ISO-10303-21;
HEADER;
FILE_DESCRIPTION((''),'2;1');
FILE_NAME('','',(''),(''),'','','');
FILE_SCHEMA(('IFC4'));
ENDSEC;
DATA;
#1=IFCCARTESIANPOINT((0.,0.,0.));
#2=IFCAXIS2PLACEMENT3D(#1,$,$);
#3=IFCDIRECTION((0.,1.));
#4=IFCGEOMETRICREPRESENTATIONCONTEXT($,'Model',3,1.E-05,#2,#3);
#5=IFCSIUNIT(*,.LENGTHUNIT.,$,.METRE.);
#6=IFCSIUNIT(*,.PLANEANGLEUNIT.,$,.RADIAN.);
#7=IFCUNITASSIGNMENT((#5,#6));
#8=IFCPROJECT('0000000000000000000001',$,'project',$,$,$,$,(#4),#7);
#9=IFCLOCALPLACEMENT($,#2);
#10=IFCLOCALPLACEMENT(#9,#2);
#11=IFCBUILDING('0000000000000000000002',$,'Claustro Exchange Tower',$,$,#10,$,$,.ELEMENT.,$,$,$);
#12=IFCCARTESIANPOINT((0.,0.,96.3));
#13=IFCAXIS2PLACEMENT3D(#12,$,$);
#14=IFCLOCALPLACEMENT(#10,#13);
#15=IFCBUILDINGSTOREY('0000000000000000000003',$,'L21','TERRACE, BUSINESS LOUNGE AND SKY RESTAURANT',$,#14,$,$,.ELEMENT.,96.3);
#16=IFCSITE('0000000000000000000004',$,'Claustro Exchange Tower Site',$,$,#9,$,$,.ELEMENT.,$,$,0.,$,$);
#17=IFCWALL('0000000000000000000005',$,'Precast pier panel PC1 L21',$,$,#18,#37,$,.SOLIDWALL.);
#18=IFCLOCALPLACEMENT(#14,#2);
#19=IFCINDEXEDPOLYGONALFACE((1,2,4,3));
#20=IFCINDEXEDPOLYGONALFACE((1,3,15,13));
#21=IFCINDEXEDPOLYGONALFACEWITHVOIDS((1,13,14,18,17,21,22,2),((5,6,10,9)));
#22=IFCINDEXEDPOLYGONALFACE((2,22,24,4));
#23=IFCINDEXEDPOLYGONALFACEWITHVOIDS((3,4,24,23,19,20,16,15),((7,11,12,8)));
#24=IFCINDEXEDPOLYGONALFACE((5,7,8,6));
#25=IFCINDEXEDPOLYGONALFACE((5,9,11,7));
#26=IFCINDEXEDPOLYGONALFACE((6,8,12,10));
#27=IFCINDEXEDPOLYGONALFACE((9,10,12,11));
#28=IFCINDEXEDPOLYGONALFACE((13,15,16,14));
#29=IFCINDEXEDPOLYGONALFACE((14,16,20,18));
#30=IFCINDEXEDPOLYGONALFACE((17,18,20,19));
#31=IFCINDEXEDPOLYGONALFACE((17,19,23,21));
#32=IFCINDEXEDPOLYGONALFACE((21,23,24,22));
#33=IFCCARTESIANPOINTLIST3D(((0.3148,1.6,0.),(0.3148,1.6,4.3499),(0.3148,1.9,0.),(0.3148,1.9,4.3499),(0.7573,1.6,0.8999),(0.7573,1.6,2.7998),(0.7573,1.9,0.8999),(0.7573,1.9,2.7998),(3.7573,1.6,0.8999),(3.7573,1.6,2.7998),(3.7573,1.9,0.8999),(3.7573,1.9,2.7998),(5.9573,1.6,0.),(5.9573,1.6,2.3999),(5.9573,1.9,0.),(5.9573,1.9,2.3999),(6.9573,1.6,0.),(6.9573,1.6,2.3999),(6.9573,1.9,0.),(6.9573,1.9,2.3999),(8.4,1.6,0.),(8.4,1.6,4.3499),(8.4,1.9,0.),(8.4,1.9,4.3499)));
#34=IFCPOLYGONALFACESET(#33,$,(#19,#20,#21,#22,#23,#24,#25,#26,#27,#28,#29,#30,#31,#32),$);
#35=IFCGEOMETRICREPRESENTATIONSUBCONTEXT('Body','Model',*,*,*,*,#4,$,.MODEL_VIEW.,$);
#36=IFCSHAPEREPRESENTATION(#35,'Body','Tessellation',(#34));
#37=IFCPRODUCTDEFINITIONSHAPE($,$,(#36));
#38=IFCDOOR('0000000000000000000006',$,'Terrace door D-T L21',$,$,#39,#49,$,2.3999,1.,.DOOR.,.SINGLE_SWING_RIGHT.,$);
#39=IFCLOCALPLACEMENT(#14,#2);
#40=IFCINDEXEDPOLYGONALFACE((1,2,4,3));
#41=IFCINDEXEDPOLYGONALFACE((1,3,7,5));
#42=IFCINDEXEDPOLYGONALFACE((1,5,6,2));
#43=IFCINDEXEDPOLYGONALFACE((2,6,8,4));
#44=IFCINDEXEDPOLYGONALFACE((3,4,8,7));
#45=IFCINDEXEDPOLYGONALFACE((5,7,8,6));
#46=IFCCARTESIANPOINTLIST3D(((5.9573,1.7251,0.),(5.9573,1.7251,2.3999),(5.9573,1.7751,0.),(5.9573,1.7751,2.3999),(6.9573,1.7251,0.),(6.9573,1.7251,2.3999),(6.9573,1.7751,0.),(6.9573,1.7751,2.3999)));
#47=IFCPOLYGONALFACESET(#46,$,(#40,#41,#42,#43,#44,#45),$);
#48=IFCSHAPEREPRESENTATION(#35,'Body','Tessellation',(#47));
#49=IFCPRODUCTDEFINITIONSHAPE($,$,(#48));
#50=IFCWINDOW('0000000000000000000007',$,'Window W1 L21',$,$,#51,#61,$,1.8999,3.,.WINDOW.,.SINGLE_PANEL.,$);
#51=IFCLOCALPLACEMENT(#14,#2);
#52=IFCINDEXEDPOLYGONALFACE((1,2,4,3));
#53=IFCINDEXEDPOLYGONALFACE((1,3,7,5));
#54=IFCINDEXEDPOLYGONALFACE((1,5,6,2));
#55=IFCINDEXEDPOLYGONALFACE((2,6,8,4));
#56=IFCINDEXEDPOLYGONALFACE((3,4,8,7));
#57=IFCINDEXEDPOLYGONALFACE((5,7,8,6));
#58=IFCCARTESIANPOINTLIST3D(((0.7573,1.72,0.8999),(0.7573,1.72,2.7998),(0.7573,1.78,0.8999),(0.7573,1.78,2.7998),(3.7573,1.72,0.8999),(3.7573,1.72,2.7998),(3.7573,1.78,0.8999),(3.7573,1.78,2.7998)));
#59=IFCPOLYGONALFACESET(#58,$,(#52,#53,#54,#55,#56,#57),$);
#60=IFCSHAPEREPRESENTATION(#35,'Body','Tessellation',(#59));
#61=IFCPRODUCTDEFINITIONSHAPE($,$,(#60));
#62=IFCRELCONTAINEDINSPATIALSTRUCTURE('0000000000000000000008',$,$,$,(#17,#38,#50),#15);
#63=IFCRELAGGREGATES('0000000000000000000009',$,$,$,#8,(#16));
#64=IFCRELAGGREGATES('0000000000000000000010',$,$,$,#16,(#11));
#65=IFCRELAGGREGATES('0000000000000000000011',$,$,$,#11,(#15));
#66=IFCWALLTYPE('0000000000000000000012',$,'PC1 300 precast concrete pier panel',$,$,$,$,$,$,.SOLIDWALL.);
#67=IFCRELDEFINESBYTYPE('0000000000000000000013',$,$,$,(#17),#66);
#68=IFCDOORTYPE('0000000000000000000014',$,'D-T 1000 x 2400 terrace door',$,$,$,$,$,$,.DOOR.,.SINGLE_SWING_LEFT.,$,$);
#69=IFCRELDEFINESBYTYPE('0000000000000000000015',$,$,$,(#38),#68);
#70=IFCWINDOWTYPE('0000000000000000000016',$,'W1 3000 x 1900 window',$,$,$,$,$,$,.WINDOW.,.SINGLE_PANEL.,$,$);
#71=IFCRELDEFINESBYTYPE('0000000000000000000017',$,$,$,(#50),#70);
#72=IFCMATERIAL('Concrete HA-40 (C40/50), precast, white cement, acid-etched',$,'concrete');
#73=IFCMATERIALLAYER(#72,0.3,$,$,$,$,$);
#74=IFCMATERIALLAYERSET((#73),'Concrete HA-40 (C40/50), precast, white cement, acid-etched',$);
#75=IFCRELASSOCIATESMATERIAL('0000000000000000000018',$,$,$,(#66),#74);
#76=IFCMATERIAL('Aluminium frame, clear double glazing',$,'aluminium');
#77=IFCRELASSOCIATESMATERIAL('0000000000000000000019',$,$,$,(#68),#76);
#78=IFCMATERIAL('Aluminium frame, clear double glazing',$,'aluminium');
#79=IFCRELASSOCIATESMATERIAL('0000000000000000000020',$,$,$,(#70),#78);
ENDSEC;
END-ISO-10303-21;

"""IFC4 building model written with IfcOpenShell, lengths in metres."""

from ifc_helpers import new_model, si_unit, direction, frame, frame_2d, origin, place, context, subcontext, project, spatial, rectangle, extrude, material, layer, layer_set, type_object, element, fill, save


model = new_model("IFC4")

# Units and contexts
model_context = context("Model", 3, precision=1e-05, world=origin(), true_north=direction((0.0, 1.0)))
body_context = subcontext(model_context, "Body", "Model", "MODEL_VIEW")
ifc_project = project(units=[si_unit("LENGTHUNIT", "METRE"), si_unit("PLANEANGLEUNIT", "RADIAN")], contexts=[model_context])

# Site, building, storey
site_placement = place(None, origin())
site = spatial("IfcSite", under=ifc_project, at=site_placement, Name="Claustro Exchange Tower Site", CompositionType="ELEMENT", RefElevation=0.0)
building_placement = place(site_placement, origin())
building = spatial("IfcBuilding", under=site, at=building_placement, Name="Claustro Exchange Tower", CompositionType="ELEMENT")
storey_placement = place(building_placement, frame((0.0, 0.0, 96.3)))
storey = spatial("IfcBuildingStorey", under=building, at=storey_placement, Name="L21", Description="TERRACE, BUSINESS LOUNGE AND SKY RESTAURANT", CompositionType="ELEMENT", Elevation=96.3)

# Wall, openings, door, window
ifc_material_1 = material(Name="Concrete HA-40 (C40/50), precast, white cement, acid-etched", Category="concrete")
ifc_layer_1 = layer(ifc_material_1, 0.3)
ifc_layer_set_1 = layer_set([ifc_layer_1], Name="Concrete HA-40 (C40/50), precast, white cement, acid-etched")
wall_type_1 = type_object("IfcWallType", Name="PC1 300 precast concrete pier panel", PredefinedType="SOLIDWALL", material=ifc_layer_set_1)
wall_1_placement = place(storey_placement, frame((8.3999, 1.75, 0.0), z_axis=(0.0, 0.0, 1.0), x_axis=(-1.0, 0.0, 0.0)))
wall_1 = element("IfcWall", 1, at=wall_1_placement, inside=storey, type_object=wall_type_1, Name="Precast pier panel PC1 L21", PredefinedType="SOLIDWALL", context=body_context, shape_type="SweptSolid", body=[
    extrude(rectangle(XDim=8.0852, YDim=0.3, at=frame_2d((4.0425, 0.0))), origin(), (0.0, 0.0, 1.0), 4.3499),
])
opening_1_placement = place(wall_1_placement, frame((4.6426, 0.0, 0.8999)))
opening_1 = element("IfcOpeningElement", 2, at=opening_1_placement, cuts=wall_1, PredefinedType="OPENING", context=body_context, shape_type="SweptSolid", body=[
    extrude(rectangle(XDim=3.0, YDim=1.8999, at=frame_2d((1.5, 0.95))), frame((0.0, 0.1599, 0.0), z_axis=(0.0, -1.0, 0.0), x_axis=(1.0, 0.0, 0.0)), (0.0, 0.0, 1.0), 0.3201),
])
opening_2_placement = place(wall_1_placement, frame((1.4426, 0.0, 0.0)))
opening_2 = element("IfcOpeningElement", 3, at=opening_2_placement, cuts=wall_1, PredefinedType="OPENING", context=body_context, shape_type="SweptSolid", body=[
    extrude(rectangle(XDim=1.0, YDim=2.3999, at=frame_2d((0.5, 1.2))), frame((0.0, 0.1599, 0.0), z_axis=(0.0, -1.0, 0.0), x_axis=(1.0, 0.0, 0.0)), (0.0, 0.0, 1.0), 0.3201),
])
ifc_material_2 = material(Name="Aluminium frame, clear double glazing", Category="aluminium")
door_type_1 = type_object("IfcDoorType", Name="D-T 1000 x 2400 terrace door", OperationType="SINGLE_SWING_LEFT", PredefinedType="DOOR", material=ifc_material_2)
door_1_placement = place(opening_2_placement, origin())
door_1 = element("IfcDoor", 4, at=door_1_placement, inside=storey, type_object=door_type_1, Name="Terrace door D-T L21", OperationType="SINGLE_SWING_RIGHT", OverallHeight=2.3999, OverallWidth=1.0, PredefinedType="DOOR", context=body_context, shape_type="SweptSolid", body=[
    extrude(rectangle(XDim=1.0, YDim=2.3999, at=frame_2d((0.5, 1.2))), frame((0.0, 0.0249, 0.0), z_axis=(0.0, -1.0, 0.0), x_axis=(1.0, 0.0, 0.0)), (0.0, 0.0, 1.0), 0.05),
])
fill(opening_2, door_1)
ifc_material_3 = material(Name="Aluminium frame, clear double glazing", Category="aluminium")
window_type = type_object("IfcWindowType", Name="W1 3000 x 1900 window", PartitioningType="SINGLE_PANEL", PredefinedType="WINDOW", material=ifc_material_3)
window_placement = place(opening_1_placement, origin())
window = element("IfcWindow", 5, at=window_placement, inside=storey, type_object=window_type, Name="Window W1 L21", OverallHeight=1.8999, OverallWidth=3.0, PartitioningType="SINGLE_PANEL", PredefinedType="WINDOW", context=body_context, shape_type="SweptSolid", body=[
    extrude(rectangle(XDim=3.0, YDim=1.8999, at=frame_2d((1.5, 0.95))), frame((0.0, 0.03, 0.0), z_axis=(0.0, -1.0, 0.0), x_axis=(1.0, 0.0, 0.0)), (0.0, 0.0, 1.0), 0.0601),
])
fill(opening_1, window)

save(model, "model.ifc")
